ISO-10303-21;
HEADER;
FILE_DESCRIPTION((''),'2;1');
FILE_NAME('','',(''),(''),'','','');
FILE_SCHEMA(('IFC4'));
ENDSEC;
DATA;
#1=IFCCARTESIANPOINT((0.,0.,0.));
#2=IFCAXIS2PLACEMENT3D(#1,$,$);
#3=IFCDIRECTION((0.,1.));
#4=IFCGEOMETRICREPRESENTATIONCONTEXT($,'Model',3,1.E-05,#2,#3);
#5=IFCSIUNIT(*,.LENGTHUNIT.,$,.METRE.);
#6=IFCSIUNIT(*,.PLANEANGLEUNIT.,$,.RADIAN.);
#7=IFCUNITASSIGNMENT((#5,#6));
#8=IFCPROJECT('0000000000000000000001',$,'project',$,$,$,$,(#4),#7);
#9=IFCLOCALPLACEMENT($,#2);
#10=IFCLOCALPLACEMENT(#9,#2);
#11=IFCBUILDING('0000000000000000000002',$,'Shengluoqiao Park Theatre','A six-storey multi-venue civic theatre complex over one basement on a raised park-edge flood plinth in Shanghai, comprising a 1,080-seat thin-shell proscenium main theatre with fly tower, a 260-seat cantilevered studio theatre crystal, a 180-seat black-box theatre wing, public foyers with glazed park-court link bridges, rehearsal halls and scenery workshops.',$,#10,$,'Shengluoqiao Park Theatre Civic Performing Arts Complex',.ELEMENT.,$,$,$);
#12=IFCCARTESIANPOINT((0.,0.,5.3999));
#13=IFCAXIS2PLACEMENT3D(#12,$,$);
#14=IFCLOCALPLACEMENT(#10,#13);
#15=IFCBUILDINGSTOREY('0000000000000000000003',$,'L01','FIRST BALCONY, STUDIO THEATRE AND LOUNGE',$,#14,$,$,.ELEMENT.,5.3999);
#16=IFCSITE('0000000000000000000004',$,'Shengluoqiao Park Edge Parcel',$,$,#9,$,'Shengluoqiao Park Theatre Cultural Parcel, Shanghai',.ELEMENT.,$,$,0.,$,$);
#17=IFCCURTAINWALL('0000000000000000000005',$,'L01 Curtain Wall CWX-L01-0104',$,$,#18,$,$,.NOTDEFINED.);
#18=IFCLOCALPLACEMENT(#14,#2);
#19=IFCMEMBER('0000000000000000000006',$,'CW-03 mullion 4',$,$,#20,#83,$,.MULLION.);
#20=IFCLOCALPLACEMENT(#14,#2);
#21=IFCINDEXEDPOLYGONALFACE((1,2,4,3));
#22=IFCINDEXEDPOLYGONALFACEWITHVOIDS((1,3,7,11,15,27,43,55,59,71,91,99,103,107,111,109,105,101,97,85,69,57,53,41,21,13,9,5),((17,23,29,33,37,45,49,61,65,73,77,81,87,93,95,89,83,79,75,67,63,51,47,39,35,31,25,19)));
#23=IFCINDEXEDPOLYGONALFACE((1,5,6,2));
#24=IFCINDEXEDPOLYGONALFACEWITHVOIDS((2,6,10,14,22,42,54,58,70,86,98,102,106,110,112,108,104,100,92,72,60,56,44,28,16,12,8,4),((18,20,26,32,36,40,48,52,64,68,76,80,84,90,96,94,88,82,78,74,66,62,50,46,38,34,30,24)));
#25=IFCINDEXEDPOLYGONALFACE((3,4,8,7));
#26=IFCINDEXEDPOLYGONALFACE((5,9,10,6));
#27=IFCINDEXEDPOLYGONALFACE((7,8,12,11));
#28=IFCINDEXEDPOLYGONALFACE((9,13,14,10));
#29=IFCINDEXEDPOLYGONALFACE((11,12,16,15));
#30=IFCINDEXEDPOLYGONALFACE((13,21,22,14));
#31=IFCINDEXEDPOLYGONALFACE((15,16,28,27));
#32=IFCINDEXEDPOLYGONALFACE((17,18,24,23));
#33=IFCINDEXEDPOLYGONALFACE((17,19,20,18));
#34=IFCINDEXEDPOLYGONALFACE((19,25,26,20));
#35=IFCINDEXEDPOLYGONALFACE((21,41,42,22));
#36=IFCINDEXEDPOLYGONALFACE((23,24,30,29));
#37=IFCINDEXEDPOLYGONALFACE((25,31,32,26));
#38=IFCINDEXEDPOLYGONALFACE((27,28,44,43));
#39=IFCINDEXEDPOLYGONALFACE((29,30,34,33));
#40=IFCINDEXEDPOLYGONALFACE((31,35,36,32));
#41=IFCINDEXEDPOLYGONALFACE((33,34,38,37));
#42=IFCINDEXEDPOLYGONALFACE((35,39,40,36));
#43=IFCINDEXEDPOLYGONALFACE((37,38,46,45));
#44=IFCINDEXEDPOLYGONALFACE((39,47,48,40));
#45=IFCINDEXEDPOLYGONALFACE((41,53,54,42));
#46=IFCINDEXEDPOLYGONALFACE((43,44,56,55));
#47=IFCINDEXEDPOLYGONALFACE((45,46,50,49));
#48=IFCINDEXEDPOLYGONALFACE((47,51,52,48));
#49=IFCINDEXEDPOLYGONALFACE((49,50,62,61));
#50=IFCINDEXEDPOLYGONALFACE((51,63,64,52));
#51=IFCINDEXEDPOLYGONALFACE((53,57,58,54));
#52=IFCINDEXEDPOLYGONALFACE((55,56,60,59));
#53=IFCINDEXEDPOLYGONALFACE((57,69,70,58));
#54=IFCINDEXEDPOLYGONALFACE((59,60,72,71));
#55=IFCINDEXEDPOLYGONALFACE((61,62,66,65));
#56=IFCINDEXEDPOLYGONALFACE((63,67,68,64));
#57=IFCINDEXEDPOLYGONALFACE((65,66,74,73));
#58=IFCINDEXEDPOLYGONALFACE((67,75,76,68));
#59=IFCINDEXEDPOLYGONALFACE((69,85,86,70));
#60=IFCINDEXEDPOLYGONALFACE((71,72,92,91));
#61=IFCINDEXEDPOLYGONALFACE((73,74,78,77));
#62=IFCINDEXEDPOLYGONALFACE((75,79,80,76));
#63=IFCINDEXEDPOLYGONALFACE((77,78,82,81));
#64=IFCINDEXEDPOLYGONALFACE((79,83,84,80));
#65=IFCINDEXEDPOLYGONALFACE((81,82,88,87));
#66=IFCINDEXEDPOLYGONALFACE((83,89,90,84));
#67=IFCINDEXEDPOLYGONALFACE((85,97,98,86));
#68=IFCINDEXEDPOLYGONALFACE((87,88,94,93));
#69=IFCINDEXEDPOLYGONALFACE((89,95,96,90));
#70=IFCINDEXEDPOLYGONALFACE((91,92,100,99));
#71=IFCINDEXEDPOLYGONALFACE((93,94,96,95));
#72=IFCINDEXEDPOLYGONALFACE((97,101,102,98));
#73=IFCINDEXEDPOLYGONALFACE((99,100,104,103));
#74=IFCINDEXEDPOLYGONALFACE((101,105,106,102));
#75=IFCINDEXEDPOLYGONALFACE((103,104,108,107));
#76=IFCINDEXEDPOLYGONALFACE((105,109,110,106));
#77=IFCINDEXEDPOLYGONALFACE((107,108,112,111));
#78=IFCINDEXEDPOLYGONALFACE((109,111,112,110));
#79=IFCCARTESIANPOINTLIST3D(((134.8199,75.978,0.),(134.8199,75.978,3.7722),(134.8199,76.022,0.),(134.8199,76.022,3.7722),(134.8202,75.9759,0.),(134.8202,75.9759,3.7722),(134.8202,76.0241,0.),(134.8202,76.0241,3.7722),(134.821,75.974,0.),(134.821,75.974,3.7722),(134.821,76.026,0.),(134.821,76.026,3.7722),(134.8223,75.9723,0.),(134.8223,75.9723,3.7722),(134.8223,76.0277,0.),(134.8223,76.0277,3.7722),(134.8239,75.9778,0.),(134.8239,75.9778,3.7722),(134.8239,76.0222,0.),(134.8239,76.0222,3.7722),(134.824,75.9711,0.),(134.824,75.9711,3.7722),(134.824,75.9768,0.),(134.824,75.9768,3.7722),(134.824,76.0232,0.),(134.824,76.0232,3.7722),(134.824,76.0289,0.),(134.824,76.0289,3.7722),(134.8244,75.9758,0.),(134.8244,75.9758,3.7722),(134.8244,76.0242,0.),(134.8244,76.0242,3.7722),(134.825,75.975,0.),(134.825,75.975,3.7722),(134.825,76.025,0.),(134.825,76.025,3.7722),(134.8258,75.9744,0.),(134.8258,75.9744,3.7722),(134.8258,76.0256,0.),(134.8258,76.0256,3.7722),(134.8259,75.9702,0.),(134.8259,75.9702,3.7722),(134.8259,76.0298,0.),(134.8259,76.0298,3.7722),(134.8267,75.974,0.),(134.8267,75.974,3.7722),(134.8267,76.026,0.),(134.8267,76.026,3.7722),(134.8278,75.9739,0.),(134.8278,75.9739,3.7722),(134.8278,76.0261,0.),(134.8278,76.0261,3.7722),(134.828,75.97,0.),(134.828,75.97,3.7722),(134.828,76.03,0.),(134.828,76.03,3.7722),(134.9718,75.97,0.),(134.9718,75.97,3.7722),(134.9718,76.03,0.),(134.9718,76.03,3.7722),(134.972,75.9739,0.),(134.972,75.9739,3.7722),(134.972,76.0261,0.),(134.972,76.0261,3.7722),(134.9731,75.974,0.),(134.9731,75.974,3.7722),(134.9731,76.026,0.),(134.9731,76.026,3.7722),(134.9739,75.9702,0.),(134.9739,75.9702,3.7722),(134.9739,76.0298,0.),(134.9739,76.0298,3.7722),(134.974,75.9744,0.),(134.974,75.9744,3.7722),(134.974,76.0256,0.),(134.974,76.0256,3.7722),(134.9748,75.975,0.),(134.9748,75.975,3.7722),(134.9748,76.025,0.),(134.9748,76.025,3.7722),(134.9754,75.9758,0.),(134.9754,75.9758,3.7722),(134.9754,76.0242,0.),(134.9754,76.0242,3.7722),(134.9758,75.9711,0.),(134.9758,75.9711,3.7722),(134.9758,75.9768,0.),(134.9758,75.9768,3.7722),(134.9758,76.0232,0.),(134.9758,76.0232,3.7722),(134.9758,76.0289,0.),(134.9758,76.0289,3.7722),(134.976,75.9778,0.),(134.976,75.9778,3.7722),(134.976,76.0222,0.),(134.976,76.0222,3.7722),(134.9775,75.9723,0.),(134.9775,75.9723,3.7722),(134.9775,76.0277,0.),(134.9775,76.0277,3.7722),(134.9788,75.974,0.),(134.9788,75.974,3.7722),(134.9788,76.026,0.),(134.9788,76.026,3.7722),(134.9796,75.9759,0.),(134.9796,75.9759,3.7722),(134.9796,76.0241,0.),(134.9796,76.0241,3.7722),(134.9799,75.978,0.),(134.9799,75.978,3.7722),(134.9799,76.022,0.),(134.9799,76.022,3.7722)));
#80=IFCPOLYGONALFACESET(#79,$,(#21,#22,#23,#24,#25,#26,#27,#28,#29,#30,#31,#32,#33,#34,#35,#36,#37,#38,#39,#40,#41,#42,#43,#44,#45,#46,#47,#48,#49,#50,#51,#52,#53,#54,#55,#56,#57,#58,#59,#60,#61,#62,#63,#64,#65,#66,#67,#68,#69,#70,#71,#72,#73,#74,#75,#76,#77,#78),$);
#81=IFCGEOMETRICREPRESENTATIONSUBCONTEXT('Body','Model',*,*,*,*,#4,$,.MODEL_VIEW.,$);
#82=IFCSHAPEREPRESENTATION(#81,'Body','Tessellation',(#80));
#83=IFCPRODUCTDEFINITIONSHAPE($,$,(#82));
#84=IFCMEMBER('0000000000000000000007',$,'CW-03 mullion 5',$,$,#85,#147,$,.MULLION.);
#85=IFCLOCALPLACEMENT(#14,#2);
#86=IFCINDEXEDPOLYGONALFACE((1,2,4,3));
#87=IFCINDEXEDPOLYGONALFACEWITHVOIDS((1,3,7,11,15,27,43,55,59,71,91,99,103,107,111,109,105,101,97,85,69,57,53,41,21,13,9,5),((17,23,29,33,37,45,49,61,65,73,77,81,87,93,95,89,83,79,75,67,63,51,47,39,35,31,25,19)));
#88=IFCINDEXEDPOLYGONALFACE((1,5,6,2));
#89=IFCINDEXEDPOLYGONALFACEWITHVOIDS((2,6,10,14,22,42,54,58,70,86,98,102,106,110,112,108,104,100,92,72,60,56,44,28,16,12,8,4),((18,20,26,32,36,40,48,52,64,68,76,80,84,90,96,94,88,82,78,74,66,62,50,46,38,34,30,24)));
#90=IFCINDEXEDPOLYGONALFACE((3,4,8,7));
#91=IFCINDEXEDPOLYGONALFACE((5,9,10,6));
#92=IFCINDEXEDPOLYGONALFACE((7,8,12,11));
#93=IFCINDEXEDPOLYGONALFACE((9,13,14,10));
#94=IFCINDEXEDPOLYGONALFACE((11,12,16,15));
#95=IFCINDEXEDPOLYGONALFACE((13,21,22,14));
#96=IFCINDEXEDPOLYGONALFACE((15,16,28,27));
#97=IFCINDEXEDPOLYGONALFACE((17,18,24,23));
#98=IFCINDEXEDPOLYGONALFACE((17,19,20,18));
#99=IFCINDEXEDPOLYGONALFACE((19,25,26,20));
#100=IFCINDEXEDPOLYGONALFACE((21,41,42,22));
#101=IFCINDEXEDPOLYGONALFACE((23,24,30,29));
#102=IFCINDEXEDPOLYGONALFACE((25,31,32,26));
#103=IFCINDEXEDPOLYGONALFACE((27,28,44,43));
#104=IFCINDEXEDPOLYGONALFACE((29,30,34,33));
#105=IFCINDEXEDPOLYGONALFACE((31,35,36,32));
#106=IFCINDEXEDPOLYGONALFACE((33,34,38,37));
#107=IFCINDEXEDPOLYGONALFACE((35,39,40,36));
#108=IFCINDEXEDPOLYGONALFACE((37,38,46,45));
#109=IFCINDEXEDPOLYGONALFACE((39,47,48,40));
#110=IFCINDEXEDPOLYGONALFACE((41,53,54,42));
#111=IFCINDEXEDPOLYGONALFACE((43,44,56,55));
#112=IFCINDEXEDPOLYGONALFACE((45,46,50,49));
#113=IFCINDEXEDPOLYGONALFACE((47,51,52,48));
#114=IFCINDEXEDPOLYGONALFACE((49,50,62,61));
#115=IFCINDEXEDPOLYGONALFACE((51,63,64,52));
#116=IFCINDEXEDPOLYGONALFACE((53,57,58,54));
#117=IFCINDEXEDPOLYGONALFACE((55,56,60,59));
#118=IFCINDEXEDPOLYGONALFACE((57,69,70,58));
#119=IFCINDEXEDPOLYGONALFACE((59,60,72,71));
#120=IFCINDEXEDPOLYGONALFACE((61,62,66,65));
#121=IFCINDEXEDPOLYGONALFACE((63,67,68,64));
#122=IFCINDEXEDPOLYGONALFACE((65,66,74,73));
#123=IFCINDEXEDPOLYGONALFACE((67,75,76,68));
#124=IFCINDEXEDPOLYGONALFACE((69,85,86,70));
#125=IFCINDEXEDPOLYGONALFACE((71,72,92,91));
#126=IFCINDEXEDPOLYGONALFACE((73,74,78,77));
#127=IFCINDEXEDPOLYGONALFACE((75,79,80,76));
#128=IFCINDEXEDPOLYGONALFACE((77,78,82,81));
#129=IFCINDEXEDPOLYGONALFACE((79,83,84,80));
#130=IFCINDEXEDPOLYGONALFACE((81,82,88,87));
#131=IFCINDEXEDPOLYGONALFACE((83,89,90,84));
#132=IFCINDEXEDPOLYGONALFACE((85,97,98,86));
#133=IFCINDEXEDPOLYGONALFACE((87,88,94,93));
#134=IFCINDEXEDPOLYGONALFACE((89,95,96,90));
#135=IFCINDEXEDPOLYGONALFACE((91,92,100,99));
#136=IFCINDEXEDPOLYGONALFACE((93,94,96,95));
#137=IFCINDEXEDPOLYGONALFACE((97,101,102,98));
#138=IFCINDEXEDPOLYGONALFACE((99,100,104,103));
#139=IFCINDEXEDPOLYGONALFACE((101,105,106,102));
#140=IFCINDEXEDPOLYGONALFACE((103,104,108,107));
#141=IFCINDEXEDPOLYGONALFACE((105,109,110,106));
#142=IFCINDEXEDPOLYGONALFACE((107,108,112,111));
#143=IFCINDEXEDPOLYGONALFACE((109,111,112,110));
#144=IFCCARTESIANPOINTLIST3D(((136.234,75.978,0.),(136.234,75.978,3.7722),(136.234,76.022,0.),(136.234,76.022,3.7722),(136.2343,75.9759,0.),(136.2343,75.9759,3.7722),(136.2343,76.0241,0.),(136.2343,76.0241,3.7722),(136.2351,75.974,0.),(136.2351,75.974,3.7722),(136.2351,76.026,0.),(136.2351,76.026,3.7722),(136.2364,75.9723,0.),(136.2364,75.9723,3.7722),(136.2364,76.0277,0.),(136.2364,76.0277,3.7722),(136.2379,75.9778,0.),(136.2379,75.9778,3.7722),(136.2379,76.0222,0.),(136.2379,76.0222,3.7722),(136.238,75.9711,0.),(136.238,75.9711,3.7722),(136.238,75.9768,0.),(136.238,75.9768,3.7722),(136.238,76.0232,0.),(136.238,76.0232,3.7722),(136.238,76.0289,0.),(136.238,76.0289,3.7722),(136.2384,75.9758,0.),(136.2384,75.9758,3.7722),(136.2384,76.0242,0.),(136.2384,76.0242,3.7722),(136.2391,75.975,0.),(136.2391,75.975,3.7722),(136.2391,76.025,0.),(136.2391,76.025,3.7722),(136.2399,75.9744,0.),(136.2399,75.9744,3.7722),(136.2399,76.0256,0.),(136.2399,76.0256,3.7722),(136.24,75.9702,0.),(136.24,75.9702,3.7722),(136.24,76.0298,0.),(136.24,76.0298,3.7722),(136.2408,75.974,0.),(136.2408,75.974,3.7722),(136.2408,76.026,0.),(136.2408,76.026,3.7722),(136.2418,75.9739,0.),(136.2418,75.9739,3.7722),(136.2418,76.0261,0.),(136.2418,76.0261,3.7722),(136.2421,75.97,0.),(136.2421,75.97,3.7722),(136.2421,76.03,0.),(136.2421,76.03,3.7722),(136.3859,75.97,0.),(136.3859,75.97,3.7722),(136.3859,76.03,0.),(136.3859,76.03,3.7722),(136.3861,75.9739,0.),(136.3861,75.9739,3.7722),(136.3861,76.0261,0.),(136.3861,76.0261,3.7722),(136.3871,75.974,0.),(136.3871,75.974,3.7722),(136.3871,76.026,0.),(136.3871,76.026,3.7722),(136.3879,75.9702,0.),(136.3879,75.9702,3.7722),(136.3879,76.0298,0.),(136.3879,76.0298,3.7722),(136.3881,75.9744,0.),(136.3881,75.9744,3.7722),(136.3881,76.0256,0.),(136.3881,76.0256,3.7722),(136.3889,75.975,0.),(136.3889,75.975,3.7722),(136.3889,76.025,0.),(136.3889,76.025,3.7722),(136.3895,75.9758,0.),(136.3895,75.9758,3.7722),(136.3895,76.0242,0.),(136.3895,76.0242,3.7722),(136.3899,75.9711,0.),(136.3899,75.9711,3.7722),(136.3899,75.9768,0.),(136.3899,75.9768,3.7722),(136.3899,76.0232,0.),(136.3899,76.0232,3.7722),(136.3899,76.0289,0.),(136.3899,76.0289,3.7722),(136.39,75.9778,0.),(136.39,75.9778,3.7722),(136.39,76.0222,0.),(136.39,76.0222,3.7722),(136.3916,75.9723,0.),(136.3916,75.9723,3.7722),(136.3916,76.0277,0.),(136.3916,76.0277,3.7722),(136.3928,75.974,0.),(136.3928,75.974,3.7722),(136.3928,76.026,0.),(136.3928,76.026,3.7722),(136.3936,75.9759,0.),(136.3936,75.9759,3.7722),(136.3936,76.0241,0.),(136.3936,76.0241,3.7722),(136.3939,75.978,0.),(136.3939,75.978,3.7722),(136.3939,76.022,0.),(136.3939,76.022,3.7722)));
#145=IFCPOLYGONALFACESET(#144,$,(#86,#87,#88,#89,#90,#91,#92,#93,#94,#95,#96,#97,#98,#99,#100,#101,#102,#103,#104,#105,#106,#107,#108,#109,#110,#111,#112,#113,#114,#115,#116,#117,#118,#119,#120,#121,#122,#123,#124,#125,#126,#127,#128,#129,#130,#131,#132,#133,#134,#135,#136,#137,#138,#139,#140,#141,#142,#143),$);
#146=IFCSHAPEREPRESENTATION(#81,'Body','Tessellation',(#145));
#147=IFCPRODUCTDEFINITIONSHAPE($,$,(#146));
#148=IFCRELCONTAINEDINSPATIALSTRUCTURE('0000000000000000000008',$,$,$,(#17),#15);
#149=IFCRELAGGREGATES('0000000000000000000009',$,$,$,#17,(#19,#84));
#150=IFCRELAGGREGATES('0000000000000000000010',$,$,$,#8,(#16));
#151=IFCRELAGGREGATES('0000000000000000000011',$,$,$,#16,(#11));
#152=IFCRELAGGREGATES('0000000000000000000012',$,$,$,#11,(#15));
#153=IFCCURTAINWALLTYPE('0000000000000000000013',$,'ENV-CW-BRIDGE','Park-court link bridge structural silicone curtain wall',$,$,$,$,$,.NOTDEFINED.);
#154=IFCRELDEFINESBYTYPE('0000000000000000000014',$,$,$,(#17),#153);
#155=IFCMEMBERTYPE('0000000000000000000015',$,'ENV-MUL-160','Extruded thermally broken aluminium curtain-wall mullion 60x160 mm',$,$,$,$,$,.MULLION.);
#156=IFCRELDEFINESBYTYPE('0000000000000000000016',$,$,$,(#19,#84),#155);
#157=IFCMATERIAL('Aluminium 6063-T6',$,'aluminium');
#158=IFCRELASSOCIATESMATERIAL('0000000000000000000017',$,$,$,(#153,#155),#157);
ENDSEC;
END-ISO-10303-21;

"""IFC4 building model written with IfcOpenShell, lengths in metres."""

from ifc_helpers import new_model, si_unit, direction, frame, origin, origin_2d, place, context, subcontext, project, spatial, hollow_rectangle, extrude, material, material_profile, profile_set, type_object, element, aggregate, save


model = new_model("IFC4")

# Units and contexts
model_context = context("Model", 3, precision=1e-05, world=origin(), true_north=direction((0.0, 1.0)))
body_context = subcontext(model_context, "Body", "Model", "MODEL_VIEW")
ifc_project = project(units=[si_unit("LENGTHUNIT", "METRE"), si_unit("PLANEANGLEUNIT", "RADIAN")], contexts=[model_context])

# Site, building, storey
site_placement = place(None, origin())
site = spatial("IfcSite", under=ifc_project, at=site_placement, Name="Shengluoqiao Park Edge Parcel", LongName="Shengluoqiao Park Theatre Cultural Parcel, Shanghai", CompositionType="ELEMENT", RefElevation=0.0)
building_placement = place(site_placement, origin())
building = spatial("IfcBuilding", under=site, at=building_placement, Name="Shengluoqiao Park Theatre", Description="A six-storey multi-venue civic theatre complex over one basement on a raised park-edge flood plinth in Shanghai, comprising a 1,080-seat thin-shell proscenium main theatre with fly tower, a 260-seat cantilevered studio theatre crystal, a 180-seat black-box theatre wing, public foyers with glazed park-court link bridges, rehearsal halls and scenery workshops.", LongName="Shengluoqiao Park Theatre Civic Performing Arts Complex", CompositionType="ELEMENT")
storey_placement = place(building_placement, frame((0.0, 0.0, 5.3999)))
storey = spatial("IfcBuildingStorey", under=building, at=storey_placement, Name="L01", Description="FIRST BALCONY, STUDIO THEATRE AND LOUNGE", CompositionType="ELEMENT", Elevation=5.3999)

# Curtain wall, members
ifc_material_1 = material(Name="Aluminium 6063-T6", Category="aluminium")
curtain_wall_type = type_object("IfcCurtainWallType", Name="ENV-CW-BRIDGE", Description="Park-court link bridge structural silicone curtain wall", PredefinedType="NOTDEFINED", material=ifc_material_1)
curtain_wall_placement = place(storey_placement, origin())
curtain_wall = element("IfcCurtainWall", 1, at=curtain_wall_placement, inside=storey, type_object=curtain_wall_type, Name="L01 Curtain Wall CWX-L01-0104", PredefinedType="NOTDEFINED")
ifc_material_profile_1 = material_profile(ifc_material_1, hollow_rectangle(XDim=0.0601, YDim=0.1599, WallThickness=0.0039, InnerFilletRadius=0.0039, OuterFilletRadius=0.0081, at=origin_2d()), Name="ALU MULLION 160x60x4")
ifc_profile_set_1 = profile_set([ifc_material_profile_1], Name="Aluminium 6063-T6")
member_type_1 = type_object("IfcMemberType", Name="ENV-MUL-160", Description="Extruded thermally broken aluminium curtain-wall mullion 60x160 mm", PredefinedType="MULLION", material=ifc_profile_set_1)
member_1_placement = place(storey_placement, frame((134.8999, 76.0, 0.0), z_axis=(0.0, 0.0, 1.0), x_axis=(0.0, 1.0, 0.0)))
member_1 = element("IfcMember", 2, at=member_1_placement, type_object=member_type_1, Name="CW-03 mullion 4", PredefinedType="MULLION", context=body_context, shape_type="SweptSolid", body=[
    extrude(hollow_rectangle(XDim=0.0601, YDim=0.1599, WallThickness=0.0039, InnerFilletRadius=0.0039, OuterFilletRadius=0.0081, at=origin_2d()), origin(), (0.0, 0.0, 1.0), 3.7722),
])
member_2_placement = place(storey_placement, frame((136.314, 76.0, 0.0), z_axis=(0.0, 0.0, 1.0), x_axis=(0.0, 1.0, 0.0)))
member_2 = element("IfcMember", 3, at=member_2_placement, type_object=member_type_1, Name="CW-03 mullion 5", PredefinedType="MULLION", context=body_context, shape_type="SweptSolid", body=[
    extrude(hollow_rectangle(XDim=0.0601, YDim=0.1599, WallThickness=0.0039, InnerFilletRadius=0.0039, OuterFilletRadius=0.0081, at=origin_2d()), origin(), (0.0, 0.0, 1.0), 3.7722),
])

aggregate(curtain_wall, [member_1, member_2])

save(model, "model.ifc")
